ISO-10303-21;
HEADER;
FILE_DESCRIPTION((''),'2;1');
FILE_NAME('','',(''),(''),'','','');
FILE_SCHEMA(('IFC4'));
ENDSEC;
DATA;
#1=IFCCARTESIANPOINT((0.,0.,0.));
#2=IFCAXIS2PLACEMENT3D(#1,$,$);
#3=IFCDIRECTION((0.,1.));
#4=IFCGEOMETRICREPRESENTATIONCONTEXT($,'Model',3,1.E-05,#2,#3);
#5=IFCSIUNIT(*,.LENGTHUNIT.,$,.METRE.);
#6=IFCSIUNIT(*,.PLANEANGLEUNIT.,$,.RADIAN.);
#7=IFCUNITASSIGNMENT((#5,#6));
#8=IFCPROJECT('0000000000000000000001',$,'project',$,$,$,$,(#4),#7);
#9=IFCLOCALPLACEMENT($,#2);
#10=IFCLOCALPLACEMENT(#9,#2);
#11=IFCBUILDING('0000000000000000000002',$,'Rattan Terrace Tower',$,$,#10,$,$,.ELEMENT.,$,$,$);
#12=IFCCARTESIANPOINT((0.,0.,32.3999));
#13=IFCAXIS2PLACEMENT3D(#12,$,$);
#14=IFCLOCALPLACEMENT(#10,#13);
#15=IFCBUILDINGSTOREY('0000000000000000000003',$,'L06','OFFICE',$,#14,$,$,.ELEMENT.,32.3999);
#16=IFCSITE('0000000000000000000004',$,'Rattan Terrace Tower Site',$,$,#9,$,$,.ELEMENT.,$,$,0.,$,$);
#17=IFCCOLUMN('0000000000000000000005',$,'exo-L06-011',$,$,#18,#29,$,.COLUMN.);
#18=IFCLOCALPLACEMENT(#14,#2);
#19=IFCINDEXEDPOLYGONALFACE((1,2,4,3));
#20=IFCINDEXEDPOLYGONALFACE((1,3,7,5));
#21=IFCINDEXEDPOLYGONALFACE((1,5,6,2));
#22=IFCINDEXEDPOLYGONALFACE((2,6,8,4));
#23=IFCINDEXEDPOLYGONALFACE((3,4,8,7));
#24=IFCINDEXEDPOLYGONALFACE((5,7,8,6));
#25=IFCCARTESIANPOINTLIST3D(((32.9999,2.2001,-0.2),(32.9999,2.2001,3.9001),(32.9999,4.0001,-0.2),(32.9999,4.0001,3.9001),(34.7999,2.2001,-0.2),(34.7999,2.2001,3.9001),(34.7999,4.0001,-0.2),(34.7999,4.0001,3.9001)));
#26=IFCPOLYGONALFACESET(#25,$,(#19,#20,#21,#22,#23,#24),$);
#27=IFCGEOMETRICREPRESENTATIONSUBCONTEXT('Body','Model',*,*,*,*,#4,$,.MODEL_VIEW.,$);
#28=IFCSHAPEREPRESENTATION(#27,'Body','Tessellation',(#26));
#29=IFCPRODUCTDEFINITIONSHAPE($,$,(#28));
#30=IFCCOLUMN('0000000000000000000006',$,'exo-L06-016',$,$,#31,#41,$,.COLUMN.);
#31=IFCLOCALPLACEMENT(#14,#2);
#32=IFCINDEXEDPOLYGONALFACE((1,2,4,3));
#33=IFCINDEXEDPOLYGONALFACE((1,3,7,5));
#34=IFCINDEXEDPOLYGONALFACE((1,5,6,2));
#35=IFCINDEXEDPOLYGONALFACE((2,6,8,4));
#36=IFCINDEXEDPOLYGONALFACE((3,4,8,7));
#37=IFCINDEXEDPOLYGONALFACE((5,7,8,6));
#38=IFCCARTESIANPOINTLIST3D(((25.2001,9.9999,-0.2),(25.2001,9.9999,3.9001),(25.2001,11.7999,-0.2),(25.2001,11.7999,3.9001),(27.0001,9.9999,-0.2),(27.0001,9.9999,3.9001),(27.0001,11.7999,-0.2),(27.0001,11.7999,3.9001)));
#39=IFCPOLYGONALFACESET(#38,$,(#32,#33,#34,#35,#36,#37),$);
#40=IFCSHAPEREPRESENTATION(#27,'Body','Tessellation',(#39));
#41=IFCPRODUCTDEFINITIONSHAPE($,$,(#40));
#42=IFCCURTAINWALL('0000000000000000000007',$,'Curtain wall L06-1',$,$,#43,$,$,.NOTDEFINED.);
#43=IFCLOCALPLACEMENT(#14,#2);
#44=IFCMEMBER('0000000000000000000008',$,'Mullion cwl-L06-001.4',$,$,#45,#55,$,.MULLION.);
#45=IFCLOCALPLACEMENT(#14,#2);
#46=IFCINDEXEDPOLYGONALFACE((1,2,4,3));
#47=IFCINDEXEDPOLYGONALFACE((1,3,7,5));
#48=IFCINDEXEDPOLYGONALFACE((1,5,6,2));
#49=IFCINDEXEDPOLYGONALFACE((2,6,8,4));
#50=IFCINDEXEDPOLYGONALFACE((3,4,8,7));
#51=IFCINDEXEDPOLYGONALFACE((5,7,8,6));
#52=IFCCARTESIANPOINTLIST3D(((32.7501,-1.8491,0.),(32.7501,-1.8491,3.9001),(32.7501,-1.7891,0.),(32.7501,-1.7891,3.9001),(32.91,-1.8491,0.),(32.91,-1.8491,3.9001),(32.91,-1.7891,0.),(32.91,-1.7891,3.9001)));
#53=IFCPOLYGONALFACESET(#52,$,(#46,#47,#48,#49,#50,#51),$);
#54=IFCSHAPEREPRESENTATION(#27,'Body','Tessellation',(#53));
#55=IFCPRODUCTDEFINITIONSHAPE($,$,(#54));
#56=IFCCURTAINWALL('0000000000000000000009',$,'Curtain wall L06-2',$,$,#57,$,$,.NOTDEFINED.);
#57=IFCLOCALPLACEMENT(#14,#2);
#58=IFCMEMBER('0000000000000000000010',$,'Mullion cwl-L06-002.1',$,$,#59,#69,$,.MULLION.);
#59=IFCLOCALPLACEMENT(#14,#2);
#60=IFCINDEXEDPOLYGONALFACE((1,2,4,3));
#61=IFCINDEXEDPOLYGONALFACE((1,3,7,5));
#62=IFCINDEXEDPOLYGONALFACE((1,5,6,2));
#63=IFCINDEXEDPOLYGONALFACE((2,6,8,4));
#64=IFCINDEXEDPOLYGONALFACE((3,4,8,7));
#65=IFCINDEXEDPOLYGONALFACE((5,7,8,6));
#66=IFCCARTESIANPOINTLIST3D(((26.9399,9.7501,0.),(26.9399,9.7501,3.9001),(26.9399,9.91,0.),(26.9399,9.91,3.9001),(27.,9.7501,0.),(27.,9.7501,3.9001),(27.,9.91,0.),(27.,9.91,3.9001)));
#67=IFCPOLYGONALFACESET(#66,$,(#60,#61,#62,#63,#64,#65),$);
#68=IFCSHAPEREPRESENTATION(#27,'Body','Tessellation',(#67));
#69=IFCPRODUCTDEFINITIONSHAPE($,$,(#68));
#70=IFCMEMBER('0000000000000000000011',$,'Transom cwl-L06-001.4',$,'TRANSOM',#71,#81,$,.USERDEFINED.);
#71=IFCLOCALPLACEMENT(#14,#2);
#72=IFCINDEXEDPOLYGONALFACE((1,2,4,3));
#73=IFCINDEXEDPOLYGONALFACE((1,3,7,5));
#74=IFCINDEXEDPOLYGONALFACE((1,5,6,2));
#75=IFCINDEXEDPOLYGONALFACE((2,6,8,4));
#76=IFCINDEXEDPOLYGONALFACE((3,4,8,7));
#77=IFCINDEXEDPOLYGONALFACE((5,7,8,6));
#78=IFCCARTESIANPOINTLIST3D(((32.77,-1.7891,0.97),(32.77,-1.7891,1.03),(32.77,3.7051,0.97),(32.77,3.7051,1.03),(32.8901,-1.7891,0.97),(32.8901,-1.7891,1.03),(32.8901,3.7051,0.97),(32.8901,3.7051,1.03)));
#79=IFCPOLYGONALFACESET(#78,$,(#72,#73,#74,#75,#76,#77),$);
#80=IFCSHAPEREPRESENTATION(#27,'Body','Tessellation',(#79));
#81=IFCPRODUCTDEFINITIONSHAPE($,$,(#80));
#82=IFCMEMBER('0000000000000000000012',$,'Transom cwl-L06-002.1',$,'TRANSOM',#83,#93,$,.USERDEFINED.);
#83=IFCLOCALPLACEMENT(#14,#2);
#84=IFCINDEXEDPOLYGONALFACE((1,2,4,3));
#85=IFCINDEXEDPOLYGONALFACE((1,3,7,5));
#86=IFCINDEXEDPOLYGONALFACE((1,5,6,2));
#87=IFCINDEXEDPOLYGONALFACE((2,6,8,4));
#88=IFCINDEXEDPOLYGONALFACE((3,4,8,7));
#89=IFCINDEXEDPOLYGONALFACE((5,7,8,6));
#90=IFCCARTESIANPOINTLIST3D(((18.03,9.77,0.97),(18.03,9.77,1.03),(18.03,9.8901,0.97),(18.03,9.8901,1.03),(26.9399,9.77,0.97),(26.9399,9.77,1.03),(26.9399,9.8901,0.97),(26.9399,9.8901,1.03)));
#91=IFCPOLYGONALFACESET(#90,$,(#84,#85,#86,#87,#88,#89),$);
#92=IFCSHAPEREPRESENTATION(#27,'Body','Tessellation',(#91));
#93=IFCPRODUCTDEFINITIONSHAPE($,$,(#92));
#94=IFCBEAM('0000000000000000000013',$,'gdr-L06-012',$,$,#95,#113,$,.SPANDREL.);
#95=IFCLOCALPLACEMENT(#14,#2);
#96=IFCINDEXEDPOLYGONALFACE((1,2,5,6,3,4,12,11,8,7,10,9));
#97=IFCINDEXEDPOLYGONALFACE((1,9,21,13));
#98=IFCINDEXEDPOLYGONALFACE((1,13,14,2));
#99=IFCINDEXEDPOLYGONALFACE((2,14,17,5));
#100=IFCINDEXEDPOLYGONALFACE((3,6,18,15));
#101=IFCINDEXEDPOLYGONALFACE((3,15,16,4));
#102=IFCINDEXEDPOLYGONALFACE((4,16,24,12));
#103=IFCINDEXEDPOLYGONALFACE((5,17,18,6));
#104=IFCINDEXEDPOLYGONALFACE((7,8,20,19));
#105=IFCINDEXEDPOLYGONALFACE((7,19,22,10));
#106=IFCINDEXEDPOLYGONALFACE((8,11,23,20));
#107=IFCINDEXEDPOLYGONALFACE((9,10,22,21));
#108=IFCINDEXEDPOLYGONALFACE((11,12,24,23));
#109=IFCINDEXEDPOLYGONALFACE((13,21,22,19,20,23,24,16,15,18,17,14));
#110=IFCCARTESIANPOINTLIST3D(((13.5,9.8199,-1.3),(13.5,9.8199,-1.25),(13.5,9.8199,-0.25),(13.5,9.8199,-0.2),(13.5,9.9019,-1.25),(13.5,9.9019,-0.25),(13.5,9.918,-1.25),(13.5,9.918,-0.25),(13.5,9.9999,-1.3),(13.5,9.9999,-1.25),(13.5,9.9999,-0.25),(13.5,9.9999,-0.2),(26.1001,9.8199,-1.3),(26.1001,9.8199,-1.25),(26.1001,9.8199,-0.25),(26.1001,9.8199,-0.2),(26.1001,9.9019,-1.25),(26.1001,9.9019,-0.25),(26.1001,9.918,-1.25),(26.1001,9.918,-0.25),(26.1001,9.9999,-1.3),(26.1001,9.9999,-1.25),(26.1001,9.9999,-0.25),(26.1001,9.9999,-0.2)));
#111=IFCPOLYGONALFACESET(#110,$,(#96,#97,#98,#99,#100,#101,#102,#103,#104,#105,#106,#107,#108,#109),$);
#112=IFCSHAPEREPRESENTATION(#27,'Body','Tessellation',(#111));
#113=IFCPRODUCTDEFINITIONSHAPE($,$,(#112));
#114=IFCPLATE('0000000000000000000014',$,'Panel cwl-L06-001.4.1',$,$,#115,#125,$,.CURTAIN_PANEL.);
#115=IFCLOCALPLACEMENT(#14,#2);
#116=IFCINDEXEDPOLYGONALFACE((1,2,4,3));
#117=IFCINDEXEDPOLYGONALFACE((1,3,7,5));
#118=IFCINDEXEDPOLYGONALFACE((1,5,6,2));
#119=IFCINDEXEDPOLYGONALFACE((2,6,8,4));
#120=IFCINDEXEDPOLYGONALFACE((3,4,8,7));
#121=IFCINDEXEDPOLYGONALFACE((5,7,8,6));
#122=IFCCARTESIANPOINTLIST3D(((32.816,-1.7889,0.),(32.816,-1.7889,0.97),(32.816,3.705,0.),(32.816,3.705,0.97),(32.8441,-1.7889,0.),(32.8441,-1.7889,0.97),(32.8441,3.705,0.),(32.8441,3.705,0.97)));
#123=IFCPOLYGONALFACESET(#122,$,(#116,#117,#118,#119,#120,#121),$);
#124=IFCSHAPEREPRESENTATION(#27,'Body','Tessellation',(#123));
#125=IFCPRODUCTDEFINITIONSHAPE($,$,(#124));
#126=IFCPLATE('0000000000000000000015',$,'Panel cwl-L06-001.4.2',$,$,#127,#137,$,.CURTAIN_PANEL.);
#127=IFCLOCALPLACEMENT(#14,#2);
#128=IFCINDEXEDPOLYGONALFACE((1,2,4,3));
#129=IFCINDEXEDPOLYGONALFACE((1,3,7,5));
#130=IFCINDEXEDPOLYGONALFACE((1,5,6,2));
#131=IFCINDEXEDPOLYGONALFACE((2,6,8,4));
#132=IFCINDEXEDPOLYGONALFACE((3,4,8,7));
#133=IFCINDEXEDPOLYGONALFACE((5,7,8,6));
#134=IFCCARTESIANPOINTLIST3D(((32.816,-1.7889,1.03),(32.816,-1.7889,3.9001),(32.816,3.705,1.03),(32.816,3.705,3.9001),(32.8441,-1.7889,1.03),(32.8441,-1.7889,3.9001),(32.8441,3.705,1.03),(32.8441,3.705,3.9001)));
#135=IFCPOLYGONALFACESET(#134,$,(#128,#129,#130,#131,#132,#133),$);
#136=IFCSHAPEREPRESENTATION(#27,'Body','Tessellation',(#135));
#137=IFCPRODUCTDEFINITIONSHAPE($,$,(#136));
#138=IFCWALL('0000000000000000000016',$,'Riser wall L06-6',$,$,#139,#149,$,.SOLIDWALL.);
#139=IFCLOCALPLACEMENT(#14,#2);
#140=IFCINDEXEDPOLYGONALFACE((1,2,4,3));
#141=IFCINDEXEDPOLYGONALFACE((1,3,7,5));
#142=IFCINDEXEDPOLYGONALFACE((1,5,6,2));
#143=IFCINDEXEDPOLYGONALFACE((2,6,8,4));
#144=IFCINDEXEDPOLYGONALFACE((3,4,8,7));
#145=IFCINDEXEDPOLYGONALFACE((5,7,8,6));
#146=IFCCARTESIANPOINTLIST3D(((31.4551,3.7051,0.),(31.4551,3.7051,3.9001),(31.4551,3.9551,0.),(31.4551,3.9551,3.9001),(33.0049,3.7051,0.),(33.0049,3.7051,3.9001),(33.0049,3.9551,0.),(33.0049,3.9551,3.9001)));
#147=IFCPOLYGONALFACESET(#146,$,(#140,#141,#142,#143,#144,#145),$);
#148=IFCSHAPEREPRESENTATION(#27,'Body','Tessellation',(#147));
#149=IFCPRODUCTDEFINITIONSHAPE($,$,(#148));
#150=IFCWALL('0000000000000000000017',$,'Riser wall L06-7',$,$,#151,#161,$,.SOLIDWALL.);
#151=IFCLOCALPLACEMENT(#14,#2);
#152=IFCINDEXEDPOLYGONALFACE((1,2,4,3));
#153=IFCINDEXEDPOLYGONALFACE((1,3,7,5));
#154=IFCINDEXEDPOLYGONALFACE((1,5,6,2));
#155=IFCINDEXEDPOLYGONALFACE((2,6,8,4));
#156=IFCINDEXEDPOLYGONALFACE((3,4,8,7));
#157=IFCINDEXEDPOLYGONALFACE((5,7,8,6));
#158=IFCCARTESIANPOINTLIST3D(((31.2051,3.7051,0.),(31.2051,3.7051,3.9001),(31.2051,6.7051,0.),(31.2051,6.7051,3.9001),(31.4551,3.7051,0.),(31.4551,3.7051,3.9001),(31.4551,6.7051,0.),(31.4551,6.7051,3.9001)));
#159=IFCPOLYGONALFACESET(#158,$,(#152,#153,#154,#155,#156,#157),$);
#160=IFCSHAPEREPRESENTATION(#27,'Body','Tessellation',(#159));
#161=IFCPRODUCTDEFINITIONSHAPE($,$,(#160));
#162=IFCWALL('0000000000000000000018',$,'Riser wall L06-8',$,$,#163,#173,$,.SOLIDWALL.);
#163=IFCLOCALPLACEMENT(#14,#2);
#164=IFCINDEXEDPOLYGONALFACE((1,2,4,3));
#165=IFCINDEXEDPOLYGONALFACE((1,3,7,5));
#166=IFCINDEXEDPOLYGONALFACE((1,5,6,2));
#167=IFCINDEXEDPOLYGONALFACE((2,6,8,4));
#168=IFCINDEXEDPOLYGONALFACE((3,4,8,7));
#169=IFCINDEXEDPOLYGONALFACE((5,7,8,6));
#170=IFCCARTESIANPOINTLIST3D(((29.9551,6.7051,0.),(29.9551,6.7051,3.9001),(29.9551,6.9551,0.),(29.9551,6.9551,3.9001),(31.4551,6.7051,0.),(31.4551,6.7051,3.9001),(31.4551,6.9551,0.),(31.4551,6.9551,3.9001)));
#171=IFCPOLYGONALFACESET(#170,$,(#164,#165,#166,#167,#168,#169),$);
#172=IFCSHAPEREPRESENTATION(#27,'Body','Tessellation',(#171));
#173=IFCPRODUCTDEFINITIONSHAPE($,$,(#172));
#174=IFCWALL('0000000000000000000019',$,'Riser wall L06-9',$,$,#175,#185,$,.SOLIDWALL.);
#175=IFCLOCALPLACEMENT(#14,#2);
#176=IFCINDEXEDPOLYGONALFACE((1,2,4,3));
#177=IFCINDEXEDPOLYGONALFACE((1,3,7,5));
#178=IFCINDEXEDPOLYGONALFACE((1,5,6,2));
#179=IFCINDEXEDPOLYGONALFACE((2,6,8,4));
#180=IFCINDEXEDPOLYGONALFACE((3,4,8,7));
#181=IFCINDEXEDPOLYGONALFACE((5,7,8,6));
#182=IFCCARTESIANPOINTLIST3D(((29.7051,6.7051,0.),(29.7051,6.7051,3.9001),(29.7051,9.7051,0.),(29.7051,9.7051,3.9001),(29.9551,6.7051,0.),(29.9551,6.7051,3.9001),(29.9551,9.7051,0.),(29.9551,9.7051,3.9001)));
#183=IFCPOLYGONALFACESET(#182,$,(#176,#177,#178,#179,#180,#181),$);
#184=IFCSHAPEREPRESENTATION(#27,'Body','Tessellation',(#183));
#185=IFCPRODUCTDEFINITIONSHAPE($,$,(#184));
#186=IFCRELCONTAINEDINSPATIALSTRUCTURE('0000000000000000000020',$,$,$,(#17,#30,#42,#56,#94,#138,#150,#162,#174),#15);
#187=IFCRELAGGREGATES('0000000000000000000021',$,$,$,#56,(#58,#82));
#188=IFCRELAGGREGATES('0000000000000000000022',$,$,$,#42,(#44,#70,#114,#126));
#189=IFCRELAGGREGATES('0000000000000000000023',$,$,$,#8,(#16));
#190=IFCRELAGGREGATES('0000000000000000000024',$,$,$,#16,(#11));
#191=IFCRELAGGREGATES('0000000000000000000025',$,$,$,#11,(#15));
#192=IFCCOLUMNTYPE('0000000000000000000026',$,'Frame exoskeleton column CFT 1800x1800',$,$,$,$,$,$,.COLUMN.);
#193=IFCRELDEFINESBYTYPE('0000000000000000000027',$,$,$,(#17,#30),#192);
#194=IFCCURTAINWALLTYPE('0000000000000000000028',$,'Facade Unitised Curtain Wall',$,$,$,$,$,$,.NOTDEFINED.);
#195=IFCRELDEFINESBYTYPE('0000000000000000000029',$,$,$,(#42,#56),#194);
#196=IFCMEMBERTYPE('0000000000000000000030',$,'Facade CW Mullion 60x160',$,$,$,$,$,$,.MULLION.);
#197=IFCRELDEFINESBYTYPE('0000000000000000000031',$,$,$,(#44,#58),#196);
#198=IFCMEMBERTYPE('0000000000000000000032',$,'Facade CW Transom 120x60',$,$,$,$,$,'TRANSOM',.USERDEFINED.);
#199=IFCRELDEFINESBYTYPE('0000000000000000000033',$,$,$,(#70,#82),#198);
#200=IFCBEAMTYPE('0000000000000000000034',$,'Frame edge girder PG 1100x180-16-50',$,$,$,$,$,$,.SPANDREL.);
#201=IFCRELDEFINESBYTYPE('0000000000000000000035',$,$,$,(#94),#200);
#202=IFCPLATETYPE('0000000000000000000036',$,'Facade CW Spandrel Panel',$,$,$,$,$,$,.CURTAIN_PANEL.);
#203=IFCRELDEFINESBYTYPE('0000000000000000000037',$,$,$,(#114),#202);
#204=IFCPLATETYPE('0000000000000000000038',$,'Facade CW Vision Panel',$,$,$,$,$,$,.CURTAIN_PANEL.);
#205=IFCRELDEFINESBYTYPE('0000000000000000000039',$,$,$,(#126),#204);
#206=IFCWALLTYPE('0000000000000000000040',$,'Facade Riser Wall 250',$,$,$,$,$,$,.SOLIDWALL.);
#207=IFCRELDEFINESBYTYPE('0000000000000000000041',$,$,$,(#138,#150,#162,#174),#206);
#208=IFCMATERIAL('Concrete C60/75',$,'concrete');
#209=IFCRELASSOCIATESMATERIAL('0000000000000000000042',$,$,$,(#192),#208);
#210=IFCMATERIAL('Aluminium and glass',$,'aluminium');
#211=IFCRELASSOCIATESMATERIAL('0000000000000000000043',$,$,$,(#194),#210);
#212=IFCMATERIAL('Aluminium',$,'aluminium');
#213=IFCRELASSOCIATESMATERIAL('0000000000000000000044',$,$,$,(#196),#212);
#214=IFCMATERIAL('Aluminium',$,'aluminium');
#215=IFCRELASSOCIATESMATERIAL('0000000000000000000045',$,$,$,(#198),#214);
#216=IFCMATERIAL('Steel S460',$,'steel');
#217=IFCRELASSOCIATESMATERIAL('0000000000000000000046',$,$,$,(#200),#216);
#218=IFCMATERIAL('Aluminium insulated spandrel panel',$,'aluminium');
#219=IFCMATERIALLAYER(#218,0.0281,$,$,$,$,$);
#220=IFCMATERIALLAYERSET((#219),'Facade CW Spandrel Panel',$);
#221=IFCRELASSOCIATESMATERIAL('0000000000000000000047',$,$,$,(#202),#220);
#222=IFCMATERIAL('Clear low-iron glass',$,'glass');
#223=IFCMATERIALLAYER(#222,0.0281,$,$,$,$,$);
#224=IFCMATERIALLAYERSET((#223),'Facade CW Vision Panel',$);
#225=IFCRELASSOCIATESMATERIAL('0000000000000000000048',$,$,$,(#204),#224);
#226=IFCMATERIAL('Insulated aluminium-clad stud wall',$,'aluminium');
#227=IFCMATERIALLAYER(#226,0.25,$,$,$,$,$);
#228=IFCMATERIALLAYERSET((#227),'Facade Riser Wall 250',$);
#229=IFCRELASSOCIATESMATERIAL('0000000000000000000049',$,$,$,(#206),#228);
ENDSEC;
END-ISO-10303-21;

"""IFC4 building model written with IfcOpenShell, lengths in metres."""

from ifc_helpers import new_model, si_unit, direction, frame, frame_2d, origin, origin_2d, place, context, subcontext, project, spatial, rectangle, i_section, extrude, material, layer, layer_set, material_profile, profile_set, type_object, element, aggregate, save


model = new_model("IFC4")

# Units and contexts
model_context = context("Model", 3, precision=1e-05, world=origin(), true_north=direction((0.0, 1.0)))
body_context = subcontext(model_context, "Body", "Model", "MODEL_VIEW")
ifc_project = project(units=[si_unit("LENGTHUNIT", "METRE"), si_unit("PLANEANGLEUNIT", "RADIAN")], contexts=[model_context])

# Site, building, storey
site_placement = place(None, origin())
site = spatial("IfcSite", under=ifc_project, at=site_placement, Name="Rattan Terrace Tower Site", CompositionType="ELEMENT", RefElevation=0.0)
building_placement = place(site_placement, origin())
building = spatial("IfcBuilding", under=site, at=building_placement, Name="Rattan Terrace Tower", CompositionType="ELEMENT")
storey_placement = place(building_placement, frame((0.0, 0.0, 32.3999)))
storey = spatial("IfcBuildingStorey", under=building, at=storey_placement, Name="L06", Description="OFFICE", CompositionType="ELEMENT", Elevation=32.3999)

# Columns
ifc_material_1 = material(Name="Concrete C60/75", Category="concrete")
ifc_material_profile_1 = material_profile(ifc_material_1, rectangle(XDim=1.8, YDim=1.8, at=origin_2d()), Name="CFT 1800x1800")
ifc_profile_set_1 = profile_set([ifc_material_profile_1], Name="Concrete C60/75")
column_type = type_object("IfcColumnType", Name="Frame exoskeleton column CFT 1800x1800", PredefinedType="COLUMN", material=ifc_profile_set_1)
for number, where, z_axis, x_axis, name in (
    (1, (33.8999, 3.1001, -0.2), (0.0, 0.0, 1.0), (0.0, 1.0, 0.0), "exo-L06-011"),
    (2, (26.1001, 10.8999, -0.2), (0.0, 0.0, 1.0), (1.0, 0.0, 0.0), "exo-L06-016"),
):
    element("IfcColumn", number, at=place(storey_placement, frame(where, z_axis=z_axis, x_axis=x_axis)), inside=storey, type_object=column_type, Name=name, PredefinedType="COLUMN", context=body_context, shape_type="SweptSolid", body=[
        extrude(rectangle(XDim=1.8, YDim=1.8, at=origin_2d()), origin(), (0.0, 0.0, 1.0), 4.1001),
    ])

# Curtain walls, members
ifc_material_2 = material(Name="Aluminium and glass", Category="aluminium")
curtain_wall_type = type_object("IfcCurtainWallType", Name="Facade Unitised Curtain Wall", PredefinedType="NOTDEFINED", material=ifc_material_2)
curtain_wall_1_placement = place(storey_placement, origin())
curtain_wall_1 = element("IfcCurtainWall", 3, at=curtain_wall_1_placement, inside=storey, type_object=curtain_wall_type, Name="Curtain wall L06-1", PredefinedType="NOTDEFINED")
ifc_material_3 = material(Name="Aluminium", Category="aluminium")
ifc_material_profile_2 = material_profile(ifc_material_3, rectangle(XDim=0.0601, YDim=0.1599, at=origin_2d()), Name="Aluminium 60x160")
ifc_profile_set_2 = profile_set([ifc_material_profile_2], Name="Aluminium")
member_type_1 = type_object("IfcMemberType", Name="Facade CW Mullion 60x160", PredefinedType="MULLION", material=ifc_profile_set_2)
member_1_placement = place(storey_placement, frame((32.8301, -1.8191, 0.0), z_axis=(0.0, 0.0, 1.0), x_axis=(0.0, 1.0, 0.0)))
member_1 = element("IfcMember", 4, at=member_1_placement, type_object=member_type_1, Name="Mullion cwl-L06-001.4", PredefinedType="MULLION", context=body_context, shape_type="SweptSolid", body=[
    extrude(rectangle(XDim=0.0601, YDim=0.1599, at=origin_2d()), origin(), (0.0, 0.0, 1.0), 3.9001),
])
curtain_wall_2_placement = place(storey_placement, origin())
curtain_wall_2 = element("IfcCurtainWall", 5, at=curtain_wall_2_placement, inside=storey, type_object=curtain_wall_type, Name="Curtain wall L06-2", PredefinedType="NOTDEFINED")
member_2_placement = place(storey_placement, frame((26.97, 9.8301, 0.0), z_axis=(0.0, 0.0, 1.0), x_axis=(-1.0, 0.0, 0.0)))
member_2 = element("IfcMember", 6, at=member_2_placement, type_object=member_type_1, Name="Mullion cwl-L06-002.1", PredefinedType="MULLION", context=body_context, shape_type="SweptSolid", body=[
    extrude(rectangle(XDim=0.0601, YDim=0.1599, at=origin_2d()), origin(), (0.0, 0.0, 1.0), 3.9001),
])

# Members
ifc_material_4 = material(Name="Aluminium", Category="aluminium")
ifc_material_profile_3 = material_profile(ifc_material_4, rectangle(XDim=0.1201, YDim=0.0601, at=origin_2d()), Name="Aluminium 120x60")
ifc_profile_set_3 = profile_set([ifc_material_profile_3], Name="Aluminium")
member_type_2 = type_object("IfcMemberType", Name="Facade CW Transom 120x60", ElementType="TRANSOM", PredefinedType="USERDEFINED", material=ifc_profile_set_3)
member_3_placement = place(storey_placement, frame((32.8301, -1.7891, 1.0), z_axis=(0.0, 1.0, 0.0), x_axis=(-1.0, 0.0, 0.0)))
member_3 = element("IfcMember", 7, at=member_3_placement, type_object=member_type_2, Name="Transom cwl-L06-001.4", ObjectType="TRANSOM", PredefinedType="USERDEFINED", context=body_context, shape_type="SweptSolid", body=[
    extrude(rectangle(XDim=0.1201, YDim=0.0601, at=origin_2d()), origin(), (0.0, 0.0, 1.0), 5.4941),
])
member_4_placement = place(storey_placement, frame((26.9399, 9.8301, 1.0), z_axis=(-1.0, 0.0, 0.0), x_axis=(0.0, -1.0, 0.0)))
member_4 = element("IfcMember", 8, at=member_4_placement, type_object=member_type_2, Name="Transom cwl-L06-002.1", ObjectType="TRANSOM", PredefinedType="USERDEFINED", context=body_context, shape_type="SweptSolid", body=[
    extrude(rectangle(XDim=0.1201, YDim=0.0601, at=origin_2d()), origin(), (0.0, 0.0, 1.0), 8.9099),
])
aggregate(curtain_wall_2, [member_2, member_4])

# Beam
ifc_material_5 = material(Name="Steel S460", Category="steel")
ifc_material_profile_4 = material_profile(ifc_material_5, i_section(OverallWidth=0.1799, OverallDepth=1.1001, WebThickness=0.0161, FlangeThickness=0.05, at=origin_2d()), Name="PG 1100x180-16-50")
ifc_profile_set_4 = profile_set([ifc_material_profile_4], Name="Steel S460")
beam_type = type_object("IfcBeamType", Name="Frame edge girder PG 1100x180-16-50", PredefinedType="SPANDREL", material=ifc_profile_set_4)
beam_placement = place(storey_placement, frame((26.1001, 9.9099, -0.75), z_axis=(-1.0, 0.0, 0.0), x_axis=(0.0, -1.0, 0.0)))
element("IfcBeam", 9, at=beam_placement, inside=storey, type_object=beam_type, Name="gdr-L06-012", PredefinedType="SPANDREL", context=body_context, shape_type="SweptSolid", body=[
    extrude(i_section(OverallWidth=0.1799, OverallDepth=1.1001, WebThickness=0.0161, FlangeThickness=0.05, at=origin_2d()), origin(), (0.0, 0.0, 1.0), 12.6001),
])

# Plates
ifc_material_6 = material(Name="Aluminium insulated spandrel panel", Category="aluminium")
ifc_layer_1 = layer(ifc_material_6, 0.0281)
ifc_layer_set_1 = layer_set([ifc_layer_1], Name="Facade CW Spandrel Panel")
plate_type_1 = type_object("IfcPlateType", Name="Facade CW Spandrel Panel", PredefinedType="CURTAIN_PANEL", material=ifc_layer_set_1)
plate_1_placement = place(storey_placement, frame((32.8301, 0.958, 0.0), z_axis=(0.0, 0.0, 1.0), x_axis=(0.0, 1.0, 0.0)))
plate_1 = element("IfcPlate", 10, at=plate_1_placement, type_object=plate_type_1, Name="Panel cwl-L06-001.4.1", PredefinedType="CURTAIN_PANEL", context=body_context, shape_type="SweptSolid", body=[
    extrude(rectangle(XDim=5.4939, YDim=0.0281, at=origin_2d()), origin(), (0.0, 0.0, 1.0), 0.97),
])
ifc_material_7 = material(Name="Clear low-iron glass", Category="glass")
ifc_layer_2 = layer(ifc_material_7, 0.0281)
ifc_layer_set_2 = layer_set([ifc_layer_2], Name="Facade CW Vision Panel")
plate_type_2 = type_object("IfcPlateType", Name="Facade CW Vision Panel", PredefinedType="CURTAIN_PANEL", material=ifc_layer_set_2)
plate_2_placement = place(storey_placement, frame((32.8301, 0.958, 1.03), z_axis=(0.0, 0.0, 1.0), x_axis=(0.0, 1.0, 0.0)))
plate_2 = element("IfcPlate", 11, at=plate_2_placement, type_object=plate_type_2, Name="Panel cwl-L06-001.4.2", PredefinedType="CURTAIN_PANEL", context=body_context, shape_type="SweptSolid", body=[
    extrude(rectangle(XDim=5.4939, YDim=0.0281, at=origin_2d()), origin(), (0.0, 0.0, 1.0), 2.8701),
])
aggregate(curtain_wall_1, [member_1, member_3, plate_1, plate_2])

# Walls
ifc_material_8 = material(Name="Insulated aluminium-clad stud wall", Category="aluminium")
ifc_layer_3 = layer(ifc_material_8, 0.25)
ifc_layer_set_3 = layer_set([ifc_layer_3], Name="Facade Riser Wall 250")
wall_type_1 = type_object("IfcWallType", Name="Facade Riser Wall 250", PredefinedType="SOLIDWALL", material=ifc_layer_set_3)
wall_1_placement = place(storey_placement, frame((33.0049, 3.8301, 0.0), z_axis=(0.0, 0.0, 1.0), x_axis=(-1.0, 0.0, 0.0)))
element("IfcWall", 12, at=wall_1_placement, inside=storey, type_object=wall_type_1, Name="Riser wall L06-6", PredefinedType="SOLIDWALL", context=body_context, shape_type="SweptSolid", body=[
    extrude(rectangle(XDim=1.5498, YDim=0.25, at=frame_2d((0.7749, 0.0))), origin(), (0.0, 0.0, 1.0), 3.9001),
])
wall_2_placement = place(storey_placement, frame((31.3301, 3.7051, 0.0), z_axis=(0.0, 0.0, 1.0), x_axis=(0.0, 1.0, 0.0)))
element("IfcWall", 13, at=wall_2_placement, inside=storey, type_object=wall_type_1, Name="Riser wall L06-7", PredefinedType="SOLIDWALL", context=body_context, shape_type="SweptSolid", body=[
    extrude(rectangle(XDim=3.0, YDim=0.25, at=frame_2d((1.5, 0.0))), origin(), (0.0, 0.0, 1.0), 3.9001),
])
wall_3_placement = place(storey_placement, frame((31.4551, 6.8301, 0.0), z_axis=(0.0, 0.0, 1.0), x_axis=(-1.0, 0.0, 0.0)))
element("IfcWall", 14, at=wall_3_placement, inside=storey, type_object=wall_type_1, Name="Riser wall L06-8", PredefinedType="SOLIDWALL", context=body_context, shape_type="SweptSolid", body=[
    extrude(rectangle(XDim=1.5, YDim=0.25, at=frame_2d((0.75, 0.0))), origin(), (0.0, 0.0, 1.0), 3.9001),
])
wall_4_placement = place(storey_placement, frame((29.8301, 6.7051, 0.0), z_axis=(0.0, 0.0, 1.0), x_axis=(0.0, 1.0, 0.0)))
element("IfcWall", 15, at=wall_4_placement, inside=storey, type_object=wall_type_1, Name="Riser wall L06-9", PredefinedType="SOLIDWALL", context=body_context, shape_type="SweptSolid", body=[
    extrude(rectangle(XDim=3.0, YDim=0.25, at=frame_2d((1.5, 0.0))), origin(), (0.0, 0.0, 1.0), 3.9001),
])

save(model, "model.ifc")
